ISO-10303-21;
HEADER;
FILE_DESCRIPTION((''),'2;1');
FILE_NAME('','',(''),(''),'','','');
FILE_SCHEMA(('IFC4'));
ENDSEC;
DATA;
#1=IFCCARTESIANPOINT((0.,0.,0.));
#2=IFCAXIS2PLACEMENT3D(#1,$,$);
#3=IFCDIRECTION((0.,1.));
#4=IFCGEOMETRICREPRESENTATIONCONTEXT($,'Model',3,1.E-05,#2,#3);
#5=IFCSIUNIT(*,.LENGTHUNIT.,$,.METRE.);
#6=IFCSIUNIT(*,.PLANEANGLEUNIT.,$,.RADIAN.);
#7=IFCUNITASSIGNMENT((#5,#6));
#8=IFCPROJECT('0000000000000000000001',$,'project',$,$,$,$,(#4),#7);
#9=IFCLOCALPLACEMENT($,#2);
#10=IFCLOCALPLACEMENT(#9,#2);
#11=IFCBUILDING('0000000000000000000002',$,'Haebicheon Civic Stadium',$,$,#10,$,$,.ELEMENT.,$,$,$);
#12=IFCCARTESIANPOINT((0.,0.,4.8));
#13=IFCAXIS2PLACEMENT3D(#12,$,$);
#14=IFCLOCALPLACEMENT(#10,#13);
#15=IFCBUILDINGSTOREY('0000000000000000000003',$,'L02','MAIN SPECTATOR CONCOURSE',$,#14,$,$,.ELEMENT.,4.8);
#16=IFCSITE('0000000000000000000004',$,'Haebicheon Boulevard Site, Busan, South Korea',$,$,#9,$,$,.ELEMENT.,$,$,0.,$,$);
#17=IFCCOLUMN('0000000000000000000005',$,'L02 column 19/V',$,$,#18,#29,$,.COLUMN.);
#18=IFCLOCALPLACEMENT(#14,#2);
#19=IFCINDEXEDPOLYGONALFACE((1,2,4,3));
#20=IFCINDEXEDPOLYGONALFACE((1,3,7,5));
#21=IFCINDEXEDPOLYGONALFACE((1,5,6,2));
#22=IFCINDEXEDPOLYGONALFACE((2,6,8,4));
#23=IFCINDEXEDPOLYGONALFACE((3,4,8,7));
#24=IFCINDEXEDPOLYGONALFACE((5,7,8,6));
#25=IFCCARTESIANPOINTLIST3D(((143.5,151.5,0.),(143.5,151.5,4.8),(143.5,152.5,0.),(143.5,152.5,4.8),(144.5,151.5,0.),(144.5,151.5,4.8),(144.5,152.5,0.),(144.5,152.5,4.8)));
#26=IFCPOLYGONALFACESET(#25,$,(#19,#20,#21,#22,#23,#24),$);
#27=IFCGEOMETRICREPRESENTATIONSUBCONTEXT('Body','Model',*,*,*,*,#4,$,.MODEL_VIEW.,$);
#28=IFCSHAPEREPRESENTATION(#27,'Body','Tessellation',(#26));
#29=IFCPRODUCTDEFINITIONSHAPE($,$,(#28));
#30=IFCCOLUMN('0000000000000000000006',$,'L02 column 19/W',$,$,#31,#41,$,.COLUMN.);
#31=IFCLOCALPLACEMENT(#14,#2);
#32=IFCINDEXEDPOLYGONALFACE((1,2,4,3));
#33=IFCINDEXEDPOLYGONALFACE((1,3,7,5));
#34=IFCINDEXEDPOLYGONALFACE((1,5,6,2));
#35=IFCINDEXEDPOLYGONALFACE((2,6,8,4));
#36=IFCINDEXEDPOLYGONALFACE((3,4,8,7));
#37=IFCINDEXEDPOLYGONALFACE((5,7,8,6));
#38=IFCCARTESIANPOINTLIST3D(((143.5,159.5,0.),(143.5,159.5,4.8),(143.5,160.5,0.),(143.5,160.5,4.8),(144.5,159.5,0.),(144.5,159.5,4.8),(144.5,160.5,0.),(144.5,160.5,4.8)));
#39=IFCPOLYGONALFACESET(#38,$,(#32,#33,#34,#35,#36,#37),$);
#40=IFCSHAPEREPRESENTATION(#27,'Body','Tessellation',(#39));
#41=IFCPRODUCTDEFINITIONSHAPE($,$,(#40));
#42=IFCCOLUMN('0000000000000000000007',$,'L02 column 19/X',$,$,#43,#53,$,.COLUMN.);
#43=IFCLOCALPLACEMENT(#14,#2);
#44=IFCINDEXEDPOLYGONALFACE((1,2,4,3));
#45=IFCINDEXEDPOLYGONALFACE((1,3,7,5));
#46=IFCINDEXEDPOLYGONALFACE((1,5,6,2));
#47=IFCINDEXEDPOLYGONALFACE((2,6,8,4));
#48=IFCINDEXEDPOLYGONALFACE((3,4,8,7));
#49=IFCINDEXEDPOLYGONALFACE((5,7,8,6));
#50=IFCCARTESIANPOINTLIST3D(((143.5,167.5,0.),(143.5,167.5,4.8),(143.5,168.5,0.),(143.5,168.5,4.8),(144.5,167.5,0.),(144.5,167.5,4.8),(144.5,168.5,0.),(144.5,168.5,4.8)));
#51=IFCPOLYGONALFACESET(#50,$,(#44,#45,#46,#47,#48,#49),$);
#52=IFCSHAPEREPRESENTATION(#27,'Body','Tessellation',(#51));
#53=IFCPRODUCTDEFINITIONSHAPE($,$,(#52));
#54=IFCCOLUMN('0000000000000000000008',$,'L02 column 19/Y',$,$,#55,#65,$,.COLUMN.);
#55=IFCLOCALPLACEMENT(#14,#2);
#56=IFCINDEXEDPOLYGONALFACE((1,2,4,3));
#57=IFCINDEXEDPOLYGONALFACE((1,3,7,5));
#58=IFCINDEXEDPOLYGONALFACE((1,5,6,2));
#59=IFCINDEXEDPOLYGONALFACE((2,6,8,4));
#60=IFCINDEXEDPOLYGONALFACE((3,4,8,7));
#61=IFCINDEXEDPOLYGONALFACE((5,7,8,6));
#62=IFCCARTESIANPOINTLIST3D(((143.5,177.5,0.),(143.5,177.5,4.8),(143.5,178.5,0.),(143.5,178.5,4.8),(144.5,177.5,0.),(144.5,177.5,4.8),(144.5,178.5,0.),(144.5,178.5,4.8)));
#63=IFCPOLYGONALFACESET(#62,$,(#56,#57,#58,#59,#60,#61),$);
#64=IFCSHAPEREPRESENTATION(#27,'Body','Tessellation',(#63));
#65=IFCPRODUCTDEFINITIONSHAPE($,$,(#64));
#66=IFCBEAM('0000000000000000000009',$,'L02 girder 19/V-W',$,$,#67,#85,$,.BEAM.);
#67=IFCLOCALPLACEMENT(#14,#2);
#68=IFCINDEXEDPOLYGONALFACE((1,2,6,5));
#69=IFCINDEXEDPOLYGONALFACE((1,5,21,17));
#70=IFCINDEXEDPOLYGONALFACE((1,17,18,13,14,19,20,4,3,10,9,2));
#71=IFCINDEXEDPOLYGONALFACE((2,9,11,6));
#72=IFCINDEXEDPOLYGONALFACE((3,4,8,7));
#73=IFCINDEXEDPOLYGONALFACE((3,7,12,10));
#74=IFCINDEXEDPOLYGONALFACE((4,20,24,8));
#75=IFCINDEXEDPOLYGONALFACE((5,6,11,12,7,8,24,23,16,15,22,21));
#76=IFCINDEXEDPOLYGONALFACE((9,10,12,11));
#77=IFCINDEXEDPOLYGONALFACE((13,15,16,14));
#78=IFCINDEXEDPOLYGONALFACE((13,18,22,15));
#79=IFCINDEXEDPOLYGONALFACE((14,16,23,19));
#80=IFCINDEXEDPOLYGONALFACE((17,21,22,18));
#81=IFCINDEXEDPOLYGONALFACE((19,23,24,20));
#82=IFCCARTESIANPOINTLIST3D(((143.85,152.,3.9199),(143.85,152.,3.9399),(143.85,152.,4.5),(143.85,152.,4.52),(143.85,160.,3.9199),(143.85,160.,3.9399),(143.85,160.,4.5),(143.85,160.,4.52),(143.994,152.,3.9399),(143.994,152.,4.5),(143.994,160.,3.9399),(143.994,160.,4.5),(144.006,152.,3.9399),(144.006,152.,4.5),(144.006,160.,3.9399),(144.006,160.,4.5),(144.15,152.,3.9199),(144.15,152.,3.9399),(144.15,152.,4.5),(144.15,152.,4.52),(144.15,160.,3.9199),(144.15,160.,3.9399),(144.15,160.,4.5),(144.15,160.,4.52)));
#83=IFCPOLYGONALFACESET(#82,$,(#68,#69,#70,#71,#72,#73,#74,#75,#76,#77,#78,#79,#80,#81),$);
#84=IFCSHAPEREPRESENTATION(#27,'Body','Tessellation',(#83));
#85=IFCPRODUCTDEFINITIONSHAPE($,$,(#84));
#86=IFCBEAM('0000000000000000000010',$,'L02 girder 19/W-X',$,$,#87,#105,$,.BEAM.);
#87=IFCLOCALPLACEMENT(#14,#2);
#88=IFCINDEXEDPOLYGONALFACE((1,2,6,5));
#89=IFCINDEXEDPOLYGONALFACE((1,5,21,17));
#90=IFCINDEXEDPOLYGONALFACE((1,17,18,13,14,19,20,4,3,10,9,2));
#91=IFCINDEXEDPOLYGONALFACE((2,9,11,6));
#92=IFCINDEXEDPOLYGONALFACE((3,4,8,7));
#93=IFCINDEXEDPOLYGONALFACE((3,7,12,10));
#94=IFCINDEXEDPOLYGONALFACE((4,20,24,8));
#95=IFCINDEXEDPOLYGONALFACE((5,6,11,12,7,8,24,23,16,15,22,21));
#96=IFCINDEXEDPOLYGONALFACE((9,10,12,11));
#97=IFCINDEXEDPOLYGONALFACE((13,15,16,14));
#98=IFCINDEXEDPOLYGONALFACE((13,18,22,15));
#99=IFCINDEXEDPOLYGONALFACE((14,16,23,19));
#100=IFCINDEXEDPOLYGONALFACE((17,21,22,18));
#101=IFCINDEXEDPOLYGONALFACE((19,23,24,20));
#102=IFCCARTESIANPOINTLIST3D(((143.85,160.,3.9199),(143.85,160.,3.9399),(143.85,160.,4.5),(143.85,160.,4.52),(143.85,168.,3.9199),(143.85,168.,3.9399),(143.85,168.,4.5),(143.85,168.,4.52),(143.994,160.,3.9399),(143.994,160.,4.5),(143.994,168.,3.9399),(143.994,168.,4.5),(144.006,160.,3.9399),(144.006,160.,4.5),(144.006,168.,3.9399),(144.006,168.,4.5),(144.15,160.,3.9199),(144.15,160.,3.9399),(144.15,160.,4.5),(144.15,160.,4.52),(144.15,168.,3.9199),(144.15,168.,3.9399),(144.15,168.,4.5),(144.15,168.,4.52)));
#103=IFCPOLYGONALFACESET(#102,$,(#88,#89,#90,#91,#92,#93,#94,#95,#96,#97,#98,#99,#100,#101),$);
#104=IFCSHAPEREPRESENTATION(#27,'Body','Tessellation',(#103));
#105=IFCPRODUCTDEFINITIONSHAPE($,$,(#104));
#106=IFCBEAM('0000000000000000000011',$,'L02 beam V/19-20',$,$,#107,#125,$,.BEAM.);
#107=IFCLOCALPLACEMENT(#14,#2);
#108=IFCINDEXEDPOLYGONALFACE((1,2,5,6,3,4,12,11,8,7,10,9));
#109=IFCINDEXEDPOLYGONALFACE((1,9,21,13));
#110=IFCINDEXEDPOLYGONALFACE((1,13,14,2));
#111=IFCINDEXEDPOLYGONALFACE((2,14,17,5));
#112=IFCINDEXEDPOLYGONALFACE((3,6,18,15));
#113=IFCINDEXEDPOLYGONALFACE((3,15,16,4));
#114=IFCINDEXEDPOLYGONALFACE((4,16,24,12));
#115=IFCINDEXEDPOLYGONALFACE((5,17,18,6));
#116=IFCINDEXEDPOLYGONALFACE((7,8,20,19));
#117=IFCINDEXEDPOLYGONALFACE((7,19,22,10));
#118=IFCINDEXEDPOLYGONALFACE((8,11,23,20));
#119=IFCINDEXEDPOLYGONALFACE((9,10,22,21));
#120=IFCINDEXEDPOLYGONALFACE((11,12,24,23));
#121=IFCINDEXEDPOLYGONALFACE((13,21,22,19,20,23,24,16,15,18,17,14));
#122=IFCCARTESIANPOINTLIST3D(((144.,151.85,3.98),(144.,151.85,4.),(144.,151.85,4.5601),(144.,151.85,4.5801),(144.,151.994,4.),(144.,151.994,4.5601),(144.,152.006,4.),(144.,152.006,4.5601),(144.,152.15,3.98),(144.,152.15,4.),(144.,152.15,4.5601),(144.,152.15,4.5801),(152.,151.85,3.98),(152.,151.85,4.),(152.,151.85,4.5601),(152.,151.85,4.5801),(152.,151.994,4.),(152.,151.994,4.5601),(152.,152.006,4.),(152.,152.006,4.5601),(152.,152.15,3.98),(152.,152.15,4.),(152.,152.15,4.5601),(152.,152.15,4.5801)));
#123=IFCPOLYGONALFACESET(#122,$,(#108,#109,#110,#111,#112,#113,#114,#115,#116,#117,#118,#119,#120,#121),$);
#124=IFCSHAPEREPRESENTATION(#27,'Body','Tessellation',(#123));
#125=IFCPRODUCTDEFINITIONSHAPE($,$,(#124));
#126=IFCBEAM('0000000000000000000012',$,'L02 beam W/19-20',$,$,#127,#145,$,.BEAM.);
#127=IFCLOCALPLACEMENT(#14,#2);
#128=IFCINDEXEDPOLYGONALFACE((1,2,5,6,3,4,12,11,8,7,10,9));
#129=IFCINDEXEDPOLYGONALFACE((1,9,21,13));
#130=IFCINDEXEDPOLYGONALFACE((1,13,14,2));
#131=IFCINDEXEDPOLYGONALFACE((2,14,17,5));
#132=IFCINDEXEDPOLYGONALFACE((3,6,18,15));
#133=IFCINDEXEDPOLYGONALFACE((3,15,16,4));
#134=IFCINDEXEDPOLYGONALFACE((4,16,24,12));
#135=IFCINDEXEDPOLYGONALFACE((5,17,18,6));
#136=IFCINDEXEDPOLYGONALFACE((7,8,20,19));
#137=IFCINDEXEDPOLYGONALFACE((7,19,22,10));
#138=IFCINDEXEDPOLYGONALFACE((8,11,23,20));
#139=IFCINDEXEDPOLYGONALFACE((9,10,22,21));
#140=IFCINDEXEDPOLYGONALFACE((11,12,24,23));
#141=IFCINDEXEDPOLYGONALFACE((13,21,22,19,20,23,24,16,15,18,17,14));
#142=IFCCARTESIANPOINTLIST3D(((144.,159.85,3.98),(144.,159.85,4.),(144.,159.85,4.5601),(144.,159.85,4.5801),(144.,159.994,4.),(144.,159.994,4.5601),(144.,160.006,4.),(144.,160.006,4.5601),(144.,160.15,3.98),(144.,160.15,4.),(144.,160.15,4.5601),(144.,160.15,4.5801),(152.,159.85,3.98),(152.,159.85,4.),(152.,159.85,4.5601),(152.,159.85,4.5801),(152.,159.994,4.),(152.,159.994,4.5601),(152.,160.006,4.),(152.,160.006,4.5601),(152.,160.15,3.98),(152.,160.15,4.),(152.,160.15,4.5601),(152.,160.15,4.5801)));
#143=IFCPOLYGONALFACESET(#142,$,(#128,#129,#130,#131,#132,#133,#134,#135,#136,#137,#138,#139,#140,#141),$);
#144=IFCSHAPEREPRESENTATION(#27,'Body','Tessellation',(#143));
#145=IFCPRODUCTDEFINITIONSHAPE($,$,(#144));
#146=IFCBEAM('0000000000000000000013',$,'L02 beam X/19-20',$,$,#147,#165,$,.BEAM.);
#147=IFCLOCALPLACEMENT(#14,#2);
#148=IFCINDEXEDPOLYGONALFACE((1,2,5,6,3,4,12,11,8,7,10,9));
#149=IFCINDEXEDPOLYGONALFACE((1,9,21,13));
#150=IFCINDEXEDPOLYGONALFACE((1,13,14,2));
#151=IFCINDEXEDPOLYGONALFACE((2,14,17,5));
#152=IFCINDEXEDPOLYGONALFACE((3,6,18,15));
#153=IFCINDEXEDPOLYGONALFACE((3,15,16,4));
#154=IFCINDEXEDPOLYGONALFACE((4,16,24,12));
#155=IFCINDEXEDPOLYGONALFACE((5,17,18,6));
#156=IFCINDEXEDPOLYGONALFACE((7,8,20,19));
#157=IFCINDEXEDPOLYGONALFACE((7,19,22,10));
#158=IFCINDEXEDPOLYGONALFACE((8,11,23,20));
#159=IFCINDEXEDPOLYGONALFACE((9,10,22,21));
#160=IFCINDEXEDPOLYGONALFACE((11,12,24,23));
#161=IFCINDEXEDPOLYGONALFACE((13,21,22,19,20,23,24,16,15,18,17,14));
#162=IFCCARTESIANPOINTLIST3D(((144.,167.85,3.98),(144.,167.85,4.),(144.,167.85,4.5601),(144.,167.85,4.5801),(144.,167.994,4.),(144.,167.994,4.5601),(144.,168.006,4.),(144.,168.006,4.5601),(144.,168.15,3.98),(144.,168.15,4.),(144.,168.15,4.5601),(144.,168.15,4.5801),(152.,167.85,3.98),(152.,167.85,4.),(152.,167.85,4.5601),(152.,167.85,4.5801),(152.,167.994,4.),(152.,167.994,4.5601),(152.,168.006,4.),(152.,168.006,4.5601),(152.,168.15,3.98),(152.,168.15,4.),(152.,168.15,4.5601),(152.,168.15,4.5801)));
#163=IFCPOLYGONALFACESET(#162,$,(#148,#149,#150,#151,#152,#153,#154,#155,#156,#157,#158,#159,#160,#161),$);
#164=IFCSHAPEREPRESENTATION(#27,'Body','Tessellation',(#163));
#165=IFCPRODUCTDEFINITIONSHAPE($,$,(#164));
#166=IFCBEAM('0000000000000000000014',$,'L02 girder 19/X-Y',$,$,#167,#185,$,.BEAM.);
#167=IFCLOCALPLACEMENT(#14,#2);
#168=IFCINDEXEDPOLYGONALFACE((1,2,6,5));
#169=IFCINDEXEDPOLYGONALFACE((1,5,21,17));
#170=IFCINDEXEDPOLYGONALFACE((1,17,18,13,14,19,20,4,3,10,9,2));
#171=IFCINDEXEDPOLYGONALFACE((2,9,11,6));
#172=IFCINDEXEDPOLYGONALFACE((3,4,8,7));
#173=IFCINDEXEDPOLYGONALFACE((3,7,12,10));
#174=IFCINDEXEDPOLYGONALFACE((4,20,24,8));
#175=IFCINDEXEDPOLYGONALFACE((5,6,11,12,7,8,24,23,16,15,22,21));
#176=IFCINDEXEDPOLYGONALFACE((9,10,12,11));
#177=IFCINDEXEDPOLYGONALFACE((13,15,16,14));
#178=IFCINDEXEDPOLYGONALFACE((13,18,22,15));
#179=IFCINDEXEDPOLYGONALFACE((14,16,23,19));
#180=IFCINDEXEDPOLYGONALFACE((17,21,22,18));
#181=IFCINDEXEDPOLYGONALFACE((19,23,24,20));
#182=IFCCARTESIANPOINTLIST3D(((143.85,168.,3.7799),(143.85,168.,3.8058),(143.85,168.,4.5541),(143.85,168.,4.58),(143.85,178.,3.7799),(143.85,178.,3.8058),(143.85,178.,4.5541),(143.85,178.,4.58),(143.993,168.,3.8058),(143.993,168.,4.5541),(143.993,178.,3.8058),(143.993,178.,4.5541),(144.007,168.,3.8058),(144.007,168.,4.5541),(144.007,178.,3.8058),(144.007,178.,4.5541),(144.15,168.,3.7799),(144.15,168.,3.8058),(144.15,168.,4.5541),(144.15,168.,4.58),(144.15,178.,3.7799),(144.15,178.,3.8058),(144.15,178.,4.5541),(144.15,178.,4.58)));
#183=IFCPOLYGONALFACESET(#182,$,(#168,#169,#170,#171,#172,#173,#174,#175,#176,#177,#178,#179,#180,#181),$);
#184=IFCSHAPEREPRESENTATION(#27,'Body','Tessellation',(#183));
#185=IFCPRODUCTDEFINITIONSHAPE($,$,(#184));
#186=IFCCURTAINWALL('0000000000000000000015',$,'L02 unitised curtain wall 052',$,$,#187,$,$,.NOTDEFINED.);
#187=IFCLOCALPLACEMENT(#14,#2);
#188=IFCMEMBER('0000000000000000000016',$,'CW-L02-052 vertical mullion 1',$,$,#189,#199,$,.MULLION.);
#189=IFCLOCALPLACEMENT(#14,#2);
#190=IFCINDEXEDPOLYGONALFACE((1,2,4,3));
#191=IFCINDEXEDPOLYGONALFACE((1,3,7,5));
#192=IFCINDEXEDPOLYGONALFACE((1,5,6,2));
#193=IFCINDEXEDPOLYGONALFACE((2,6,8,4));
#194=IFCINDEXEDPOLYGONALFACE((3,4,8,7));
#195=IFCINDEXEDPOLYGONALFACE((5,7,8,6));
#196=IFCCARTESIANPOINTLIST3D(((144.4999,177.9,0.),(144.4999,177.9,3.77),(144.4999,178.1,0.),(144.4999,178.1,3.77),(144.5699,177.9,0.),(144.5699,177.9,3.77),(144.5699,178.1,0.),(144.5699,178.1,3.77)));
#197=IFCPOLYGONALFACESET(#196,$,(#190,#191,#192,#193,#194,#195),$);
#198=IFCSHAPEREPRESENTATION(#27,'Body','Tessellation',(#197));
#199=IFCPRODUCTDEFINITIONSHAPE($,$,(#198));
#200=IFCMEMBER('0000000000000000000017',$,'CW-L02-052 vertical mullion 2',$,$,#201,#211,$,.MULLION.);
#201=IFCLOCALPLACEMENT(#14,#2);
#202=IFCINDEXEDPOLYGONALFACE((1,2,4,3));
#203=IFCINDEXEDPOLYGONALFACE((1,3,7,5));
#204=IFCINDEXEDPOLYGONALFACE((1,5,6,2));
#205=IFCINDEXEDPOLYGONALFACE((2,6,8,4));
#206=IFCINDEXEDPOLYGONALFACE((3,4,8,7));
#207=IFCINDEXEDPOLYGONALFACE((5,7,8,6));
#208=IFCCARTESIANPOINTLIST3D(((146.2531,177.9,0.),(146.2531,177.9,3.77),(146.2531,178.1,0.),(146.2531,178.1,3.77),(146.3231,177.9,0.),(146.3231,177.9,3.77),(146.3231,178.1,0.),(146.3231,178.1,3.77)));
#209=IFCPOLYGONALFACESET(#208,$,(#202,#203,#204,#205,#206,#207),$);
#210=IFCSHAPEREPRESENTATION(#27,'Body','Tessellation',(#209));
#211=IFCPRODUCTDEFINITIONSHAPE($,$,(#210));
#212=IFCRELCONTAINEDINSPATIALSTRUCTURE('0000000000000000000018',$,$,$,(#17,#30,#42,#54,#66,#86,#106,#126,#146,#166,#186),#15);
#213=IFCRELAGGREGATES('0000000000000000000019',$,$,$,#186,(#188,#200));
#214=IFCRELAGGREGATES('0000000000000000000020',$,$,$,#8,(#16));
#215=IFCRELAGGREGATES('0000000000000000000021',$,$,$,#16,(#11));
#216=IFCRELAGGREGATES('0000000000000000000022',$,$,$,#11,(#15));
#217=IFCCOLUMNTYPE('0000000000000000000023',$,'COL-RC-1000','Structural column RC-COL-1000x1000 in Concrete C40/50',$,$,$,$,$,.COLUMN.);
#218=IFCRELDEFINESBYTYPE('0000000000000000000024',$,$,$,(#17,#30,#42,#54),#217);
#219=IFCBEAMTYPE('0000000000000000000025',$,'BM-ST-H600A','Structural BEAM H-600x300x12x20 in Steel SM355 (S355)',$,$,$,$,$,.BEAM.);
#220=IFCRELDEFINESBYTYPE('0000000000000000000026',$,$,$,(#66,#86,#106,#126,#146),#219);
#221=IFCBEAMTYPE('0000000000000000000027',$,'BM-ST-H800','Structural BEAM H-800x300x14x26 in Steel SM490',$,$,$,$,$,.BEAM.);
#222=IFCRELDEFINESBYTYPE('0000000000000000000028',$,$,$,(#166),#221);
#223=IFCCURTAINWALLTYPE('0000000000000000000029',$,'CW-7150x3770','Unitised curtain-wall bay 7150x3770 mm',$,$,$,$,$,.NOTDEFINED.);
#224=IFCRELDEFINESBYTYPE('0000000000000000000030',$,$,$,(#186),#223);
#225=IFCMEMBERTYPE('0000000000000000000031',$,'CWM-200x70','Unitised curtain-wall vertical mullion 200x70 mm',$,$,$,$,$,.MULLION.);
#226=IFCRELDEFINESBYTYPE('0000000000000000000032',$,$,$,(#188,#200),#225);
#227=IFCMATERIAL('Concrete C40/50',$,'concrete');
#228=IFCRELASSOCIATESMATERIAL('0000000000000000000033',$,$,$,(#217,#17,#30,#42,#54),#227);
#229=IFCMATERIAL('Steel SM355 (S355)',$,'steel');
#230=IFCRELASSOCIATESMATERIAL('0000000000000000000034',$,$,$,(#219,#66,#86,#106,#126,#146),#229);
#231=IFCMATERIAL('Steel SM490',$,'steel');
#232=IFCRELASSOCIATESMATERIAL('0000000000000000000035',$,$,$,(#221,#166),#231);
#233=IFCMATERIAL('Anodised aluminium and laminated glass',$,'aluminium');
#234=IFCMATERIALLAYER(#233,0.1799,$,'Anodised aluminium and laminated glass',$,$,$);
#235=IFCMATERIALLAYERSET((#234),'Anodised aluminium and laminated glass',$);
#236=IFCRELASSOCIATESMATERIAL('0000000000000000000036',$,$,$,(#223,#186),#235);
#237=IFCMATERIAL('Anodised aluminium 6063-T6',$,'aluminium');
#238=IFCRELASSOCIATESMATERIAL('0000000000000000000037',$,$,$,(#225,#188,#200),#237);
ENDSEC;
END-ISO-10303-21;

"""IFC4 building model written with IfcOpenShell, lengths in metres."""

from ifc_helpers import new_model, si_unit, direction, frame, origin, origin_2d, place, context, subcontext, project, spatial, rectangle, i_section, extrude, material, layer, layer_set, material_profile, profile_set, type_object, element, aggregate, save


model = new_model("IFC4")

# Units and contexts
model_context = context("Model", 3, precision=1e-05, world=origin(), true_north=direction((0.0, 1.0)))
body_context = subcontext(model_context, "Body", "Model", "MODEL_VIEW")
ifc_project = project(units=[si_unit("LENGTHUNIT", "METRE"), si_unit("PLANEANGLEUNIT", "RADIAN")], contexts=[model_context])

# Site, building, storey
site_placement = place(None, origin())
site = spatial("IfcSite", under=ifc_project, at=site_placement, Name="Haebicheon Boulevard Site, Busan, South Korea", CompositionType="ELEMENT", RefElevation=0.0)
building_placement = place(site_placement, origin())
building = spatial("IfcBuilding", under=site, at=building_placement, Name="Haebicheon Civic Stadium", CompositionType="ELEMENT")
storey_placement = place(building_placement, frame((0.0, 0.0, 4.8)))
storey = spatial("IfcBuildingStorey", under=building, at=storey_placement, Name="L02", Description="MAIN SPECTATOR CONCOURSE", CompositionType="ELEMENT", Elevation=4.8)

# Columns
ifc_material_1 = material(Name="Concrete C40/50", Category="concrete")
ifc_material_profile_1 = material_profile(ifc_material_1, rectangle(XDim=1.0, YDim=1.0, at=origin_2d()), Name="RC-COL-1000x1000")
ifc_profile_set_1 = profile_set([ifc_material_profile_1], Name="Concrete C40/50")
column_type = type_object("IfcColumnType", Name="COL-RC-1000", Description="Structural column RC-COL-1000x1000 in Concrete C40/50", PredefinedType="COLUMN", material=ifc_profile_set_1)
for number, where, z_axis, x_axis, name in (
    (1, (144.0, 152.0, 0.0), (0.0, 0.0, 1.0), (1.0, 0.0, 0.0), "L02 column 19/V"),
    (2, (144.0, 160.0, 0.0), (0.0, 0.0, 1.0), (1.0, 0.0, 0.0), "L02 column 19/W"),
    (3, (144.0, 168.0, 0.0), (0.0, 0.0, 1.0), (1.0, 0.0, 0.0), "L02 column 19/X"),
    (4, (144.0, 178.0, 0.0), (0.0, 0.0, 1.0), (1.0, 0.0, 0.0), "L02 column 19/Y"),
):
    element("IfcColumn", number, at=place(storey_placement, frame(where, z_axis=z_axis, x_axis=x_axis)), inside=storey, type_object=column_type, material=ifc_profile_set_1, Name=name, PredefinedType="COLUMN", context=body_context, shape_type="SweptSolid", body=[
        extrude(rectangle(XDim=1.0, YDim=1.0, at=origin_2d()), origin(), (0.0, 0.0, 1.0), 4.8),
    ])

# Beams
ifc_material_2 = material(Name="Steel SM355 (S355)", Category="steel")
ifc_material_profile_2 = material_profile(ifc_material_2, i_section(OverallWidth=0.3, OverallDepth=0.6001, WebThickness=0.012, FlangeThickness=0.02, at=origin_2d()), Name="H-600x300x12x20")
ifc_profile_set_2 = profile_set([ifc_material_profile_2], Name="Steel SM355 (S355)")
beam_type_1 = type_object("IfcBeamType", Name="BM-ST-H600A", Description="Structural BEAM H-600x300x12x20 in Steel SM355 (S355)", PredefinedType="BEAM", material=ifc_profile_set_2)
for number, where, z_axis, x_axis, name in (
    (5, (144.0, 152.0, 4.22), (0.0, 1.0, 0.0), (-1.0, 0.0, 0.0), "L02 girder 19/V-W"),
    (6, (144.0, 160.0, 4.22), (0.0, 1.0, 0.0), (-1.0, 0.0, 0.0), "L02 girder 19/W-X"),
    (7, (144.0, 152.0, 4.28), (1.0, 0.0, 0.0), (0.0, 1.0, 0.0), "L02 beam V/19-20"),
    (8, (144.0, 160.0, 4.28), (1.0, 0.0, 0.0), (0.0, 1.0, 0.0), "L02 beam W/19-20"),
    (9, (144.0, 168.0, 4.28), (1.0, 0.0, 0.0), (0.0, 1.0, 0.0), "L02 beam X/19-20"),
):
    element("IfcBeam", number, at=place(storey_placement, frame(where, z_axis=z_axis, x_axis=x_axis)), inside=storey, type_object=beam_type_1, material=ifc_profile_set_2, Name=name, PredefinedType="BEAM", context=body_context, shape_type="SweptSolid", body=[
        extrude(i_section(OverallWidth=0.3, OverallDepth=0.6001, WebThickness=0.012, FlangeThickness=0.02, at=origin_2d()), origin(), (0.0, 0.0, 1.0), 8.0),
    ])
ifc_material_3 = material(Name="Steel SM490", Category="steel")
ifc_material_profile_3 = material_profile(ifc_material_3, i_section(OverallWidth=0.3, OverallDepth=0.8, WebThickness=0.0139, FlangeThickness=0.0259, at=origin_2d()), Name="H-800x300x14x26")
ifc_profile_set_3 = profile_set([ifc_material_profile_3], Name="Steel SM490")
beam_type_2 = type_object("IfcBeamType", Name="BM-ST-H800", Description="Structural BEAM H-800x300x14x26 in Steel SM490", PredefinedType="BEAM", material=ifc_profile_set_3)
beam_1_placement = place(storey_placement, frame((144.0, 168.0, 4.1799), z_axis=(0.0, 1.0, 0.0), x_axis=(-1.0, 0.0, 0.0)))
element("IfcBeam", 10, at=beam_1_placement, inside=storey, type_object=beam_type_2, material=ifc_profile_set_3, Name="L02 girder 19/X-Y", PredefinedType="BEAM", context=body_context, shape_type="SweptSolid", body=[
    extrude(i_section(OverallWidth=0.3, OverallDepth=0.8, WebThickness=0.0139, FlangeThickness=0.0259, at=origin_2d()), origin(), (0.0, 0.0, 1.0), 10.0),
])

# Curtain wall, members
ifc_material_4 = material(Name="Anodised aluminium and laminated glass", Category="aluminium")
ifc_layer_1 = layer(ifc_material_4, 0.1799, Name="Anodised aluminium and laminated glass")
ifc_layer_set_1 = layer_set([ifc_layer_1], Name="Anodised aluminium and laminated glass")
curtain_wall_type = type_object("IfcCurtainWallType", Name="CW-7150x3770", Description="Unitised curtain-wall bay 7150x3770 mm", PredefinedType="NOTDEFINED", material=ifc_layer_set_1)
curtain_wall_placement = place(storey_placement, origin())
curtain_wall = element("IfcCurtainWall", 11, at=curtain_wall_placement, inside=storey, type_object=curtain_wall_type, material=ifc_layer_set_1, Name="L02 unitised curtain wall 052", PredefinedType="NOTDEFINED")
ifc_material_5 = material(Name="Anodised aluminium 6063-T6", Category="aluminium")
ifc_material_profile_4 = material_profile(ifc_material_5, rectangle(XDim=0.0701, YDim=0.2, at=origin_2d()), Name="ALU-MULL-70x200")
ifc_profile_set_4 = profile_set([ifc_material_profile_4], Name="Anodised aluminium 6063-T6")
member_type_1 = type_object("IfcMemberType", Name="CWM-200x70", Description="Unitised curtain-wall vertical mullion 200x70 mm", PredefinedType="MULLION", material=ifc_profile_set_4)
member_1_placement = place(storey_placement, frame((144.5349, 178.0, 0.0), z_axis=(0.0, 0.0, 1.0), x_axis=(1.0, 0.0, 0.0)))
member_1 = element("IfcMember", 12, at=member_1_placement, type_object=member_type_1, material=ifc_profile_set_4, Name="CW-L02-052 vertical mullion 1", PredefinedType="MULLION", context=body_context, shape_type="SweptSolid", body=[
    extrude(rectangle(XDim=0.0701, YDim=0.2, at=origin_2d()), origin(), (0.0, 0.0, 1.0), 3.77),
])
member_2_placement = place(storey_placement, frame((146.2881, 178.0, 0.0), z_axis=(0.0, 0.0, 1.0), x_axis=(1.0, 0.0, 0.0)))
member_2 = element("IfcMember", 13, at=member_2_placement, type_object=member_type_1, material=ifc_profile_set_4, Name="CW-L02-052 vertical mullion 2", PredefinedType="MULLION", context=body_context, shape_type="SweptSolid", body=[
    extrude(rectangle(XDim=0.0701, YDim=0.2, at=origin_2d()), origin(), (0.0, 0.0, 1.0), 3.77),
])

aggregate(curtain_wall, [member_1, member_2])

save(model, "model.ifc")
